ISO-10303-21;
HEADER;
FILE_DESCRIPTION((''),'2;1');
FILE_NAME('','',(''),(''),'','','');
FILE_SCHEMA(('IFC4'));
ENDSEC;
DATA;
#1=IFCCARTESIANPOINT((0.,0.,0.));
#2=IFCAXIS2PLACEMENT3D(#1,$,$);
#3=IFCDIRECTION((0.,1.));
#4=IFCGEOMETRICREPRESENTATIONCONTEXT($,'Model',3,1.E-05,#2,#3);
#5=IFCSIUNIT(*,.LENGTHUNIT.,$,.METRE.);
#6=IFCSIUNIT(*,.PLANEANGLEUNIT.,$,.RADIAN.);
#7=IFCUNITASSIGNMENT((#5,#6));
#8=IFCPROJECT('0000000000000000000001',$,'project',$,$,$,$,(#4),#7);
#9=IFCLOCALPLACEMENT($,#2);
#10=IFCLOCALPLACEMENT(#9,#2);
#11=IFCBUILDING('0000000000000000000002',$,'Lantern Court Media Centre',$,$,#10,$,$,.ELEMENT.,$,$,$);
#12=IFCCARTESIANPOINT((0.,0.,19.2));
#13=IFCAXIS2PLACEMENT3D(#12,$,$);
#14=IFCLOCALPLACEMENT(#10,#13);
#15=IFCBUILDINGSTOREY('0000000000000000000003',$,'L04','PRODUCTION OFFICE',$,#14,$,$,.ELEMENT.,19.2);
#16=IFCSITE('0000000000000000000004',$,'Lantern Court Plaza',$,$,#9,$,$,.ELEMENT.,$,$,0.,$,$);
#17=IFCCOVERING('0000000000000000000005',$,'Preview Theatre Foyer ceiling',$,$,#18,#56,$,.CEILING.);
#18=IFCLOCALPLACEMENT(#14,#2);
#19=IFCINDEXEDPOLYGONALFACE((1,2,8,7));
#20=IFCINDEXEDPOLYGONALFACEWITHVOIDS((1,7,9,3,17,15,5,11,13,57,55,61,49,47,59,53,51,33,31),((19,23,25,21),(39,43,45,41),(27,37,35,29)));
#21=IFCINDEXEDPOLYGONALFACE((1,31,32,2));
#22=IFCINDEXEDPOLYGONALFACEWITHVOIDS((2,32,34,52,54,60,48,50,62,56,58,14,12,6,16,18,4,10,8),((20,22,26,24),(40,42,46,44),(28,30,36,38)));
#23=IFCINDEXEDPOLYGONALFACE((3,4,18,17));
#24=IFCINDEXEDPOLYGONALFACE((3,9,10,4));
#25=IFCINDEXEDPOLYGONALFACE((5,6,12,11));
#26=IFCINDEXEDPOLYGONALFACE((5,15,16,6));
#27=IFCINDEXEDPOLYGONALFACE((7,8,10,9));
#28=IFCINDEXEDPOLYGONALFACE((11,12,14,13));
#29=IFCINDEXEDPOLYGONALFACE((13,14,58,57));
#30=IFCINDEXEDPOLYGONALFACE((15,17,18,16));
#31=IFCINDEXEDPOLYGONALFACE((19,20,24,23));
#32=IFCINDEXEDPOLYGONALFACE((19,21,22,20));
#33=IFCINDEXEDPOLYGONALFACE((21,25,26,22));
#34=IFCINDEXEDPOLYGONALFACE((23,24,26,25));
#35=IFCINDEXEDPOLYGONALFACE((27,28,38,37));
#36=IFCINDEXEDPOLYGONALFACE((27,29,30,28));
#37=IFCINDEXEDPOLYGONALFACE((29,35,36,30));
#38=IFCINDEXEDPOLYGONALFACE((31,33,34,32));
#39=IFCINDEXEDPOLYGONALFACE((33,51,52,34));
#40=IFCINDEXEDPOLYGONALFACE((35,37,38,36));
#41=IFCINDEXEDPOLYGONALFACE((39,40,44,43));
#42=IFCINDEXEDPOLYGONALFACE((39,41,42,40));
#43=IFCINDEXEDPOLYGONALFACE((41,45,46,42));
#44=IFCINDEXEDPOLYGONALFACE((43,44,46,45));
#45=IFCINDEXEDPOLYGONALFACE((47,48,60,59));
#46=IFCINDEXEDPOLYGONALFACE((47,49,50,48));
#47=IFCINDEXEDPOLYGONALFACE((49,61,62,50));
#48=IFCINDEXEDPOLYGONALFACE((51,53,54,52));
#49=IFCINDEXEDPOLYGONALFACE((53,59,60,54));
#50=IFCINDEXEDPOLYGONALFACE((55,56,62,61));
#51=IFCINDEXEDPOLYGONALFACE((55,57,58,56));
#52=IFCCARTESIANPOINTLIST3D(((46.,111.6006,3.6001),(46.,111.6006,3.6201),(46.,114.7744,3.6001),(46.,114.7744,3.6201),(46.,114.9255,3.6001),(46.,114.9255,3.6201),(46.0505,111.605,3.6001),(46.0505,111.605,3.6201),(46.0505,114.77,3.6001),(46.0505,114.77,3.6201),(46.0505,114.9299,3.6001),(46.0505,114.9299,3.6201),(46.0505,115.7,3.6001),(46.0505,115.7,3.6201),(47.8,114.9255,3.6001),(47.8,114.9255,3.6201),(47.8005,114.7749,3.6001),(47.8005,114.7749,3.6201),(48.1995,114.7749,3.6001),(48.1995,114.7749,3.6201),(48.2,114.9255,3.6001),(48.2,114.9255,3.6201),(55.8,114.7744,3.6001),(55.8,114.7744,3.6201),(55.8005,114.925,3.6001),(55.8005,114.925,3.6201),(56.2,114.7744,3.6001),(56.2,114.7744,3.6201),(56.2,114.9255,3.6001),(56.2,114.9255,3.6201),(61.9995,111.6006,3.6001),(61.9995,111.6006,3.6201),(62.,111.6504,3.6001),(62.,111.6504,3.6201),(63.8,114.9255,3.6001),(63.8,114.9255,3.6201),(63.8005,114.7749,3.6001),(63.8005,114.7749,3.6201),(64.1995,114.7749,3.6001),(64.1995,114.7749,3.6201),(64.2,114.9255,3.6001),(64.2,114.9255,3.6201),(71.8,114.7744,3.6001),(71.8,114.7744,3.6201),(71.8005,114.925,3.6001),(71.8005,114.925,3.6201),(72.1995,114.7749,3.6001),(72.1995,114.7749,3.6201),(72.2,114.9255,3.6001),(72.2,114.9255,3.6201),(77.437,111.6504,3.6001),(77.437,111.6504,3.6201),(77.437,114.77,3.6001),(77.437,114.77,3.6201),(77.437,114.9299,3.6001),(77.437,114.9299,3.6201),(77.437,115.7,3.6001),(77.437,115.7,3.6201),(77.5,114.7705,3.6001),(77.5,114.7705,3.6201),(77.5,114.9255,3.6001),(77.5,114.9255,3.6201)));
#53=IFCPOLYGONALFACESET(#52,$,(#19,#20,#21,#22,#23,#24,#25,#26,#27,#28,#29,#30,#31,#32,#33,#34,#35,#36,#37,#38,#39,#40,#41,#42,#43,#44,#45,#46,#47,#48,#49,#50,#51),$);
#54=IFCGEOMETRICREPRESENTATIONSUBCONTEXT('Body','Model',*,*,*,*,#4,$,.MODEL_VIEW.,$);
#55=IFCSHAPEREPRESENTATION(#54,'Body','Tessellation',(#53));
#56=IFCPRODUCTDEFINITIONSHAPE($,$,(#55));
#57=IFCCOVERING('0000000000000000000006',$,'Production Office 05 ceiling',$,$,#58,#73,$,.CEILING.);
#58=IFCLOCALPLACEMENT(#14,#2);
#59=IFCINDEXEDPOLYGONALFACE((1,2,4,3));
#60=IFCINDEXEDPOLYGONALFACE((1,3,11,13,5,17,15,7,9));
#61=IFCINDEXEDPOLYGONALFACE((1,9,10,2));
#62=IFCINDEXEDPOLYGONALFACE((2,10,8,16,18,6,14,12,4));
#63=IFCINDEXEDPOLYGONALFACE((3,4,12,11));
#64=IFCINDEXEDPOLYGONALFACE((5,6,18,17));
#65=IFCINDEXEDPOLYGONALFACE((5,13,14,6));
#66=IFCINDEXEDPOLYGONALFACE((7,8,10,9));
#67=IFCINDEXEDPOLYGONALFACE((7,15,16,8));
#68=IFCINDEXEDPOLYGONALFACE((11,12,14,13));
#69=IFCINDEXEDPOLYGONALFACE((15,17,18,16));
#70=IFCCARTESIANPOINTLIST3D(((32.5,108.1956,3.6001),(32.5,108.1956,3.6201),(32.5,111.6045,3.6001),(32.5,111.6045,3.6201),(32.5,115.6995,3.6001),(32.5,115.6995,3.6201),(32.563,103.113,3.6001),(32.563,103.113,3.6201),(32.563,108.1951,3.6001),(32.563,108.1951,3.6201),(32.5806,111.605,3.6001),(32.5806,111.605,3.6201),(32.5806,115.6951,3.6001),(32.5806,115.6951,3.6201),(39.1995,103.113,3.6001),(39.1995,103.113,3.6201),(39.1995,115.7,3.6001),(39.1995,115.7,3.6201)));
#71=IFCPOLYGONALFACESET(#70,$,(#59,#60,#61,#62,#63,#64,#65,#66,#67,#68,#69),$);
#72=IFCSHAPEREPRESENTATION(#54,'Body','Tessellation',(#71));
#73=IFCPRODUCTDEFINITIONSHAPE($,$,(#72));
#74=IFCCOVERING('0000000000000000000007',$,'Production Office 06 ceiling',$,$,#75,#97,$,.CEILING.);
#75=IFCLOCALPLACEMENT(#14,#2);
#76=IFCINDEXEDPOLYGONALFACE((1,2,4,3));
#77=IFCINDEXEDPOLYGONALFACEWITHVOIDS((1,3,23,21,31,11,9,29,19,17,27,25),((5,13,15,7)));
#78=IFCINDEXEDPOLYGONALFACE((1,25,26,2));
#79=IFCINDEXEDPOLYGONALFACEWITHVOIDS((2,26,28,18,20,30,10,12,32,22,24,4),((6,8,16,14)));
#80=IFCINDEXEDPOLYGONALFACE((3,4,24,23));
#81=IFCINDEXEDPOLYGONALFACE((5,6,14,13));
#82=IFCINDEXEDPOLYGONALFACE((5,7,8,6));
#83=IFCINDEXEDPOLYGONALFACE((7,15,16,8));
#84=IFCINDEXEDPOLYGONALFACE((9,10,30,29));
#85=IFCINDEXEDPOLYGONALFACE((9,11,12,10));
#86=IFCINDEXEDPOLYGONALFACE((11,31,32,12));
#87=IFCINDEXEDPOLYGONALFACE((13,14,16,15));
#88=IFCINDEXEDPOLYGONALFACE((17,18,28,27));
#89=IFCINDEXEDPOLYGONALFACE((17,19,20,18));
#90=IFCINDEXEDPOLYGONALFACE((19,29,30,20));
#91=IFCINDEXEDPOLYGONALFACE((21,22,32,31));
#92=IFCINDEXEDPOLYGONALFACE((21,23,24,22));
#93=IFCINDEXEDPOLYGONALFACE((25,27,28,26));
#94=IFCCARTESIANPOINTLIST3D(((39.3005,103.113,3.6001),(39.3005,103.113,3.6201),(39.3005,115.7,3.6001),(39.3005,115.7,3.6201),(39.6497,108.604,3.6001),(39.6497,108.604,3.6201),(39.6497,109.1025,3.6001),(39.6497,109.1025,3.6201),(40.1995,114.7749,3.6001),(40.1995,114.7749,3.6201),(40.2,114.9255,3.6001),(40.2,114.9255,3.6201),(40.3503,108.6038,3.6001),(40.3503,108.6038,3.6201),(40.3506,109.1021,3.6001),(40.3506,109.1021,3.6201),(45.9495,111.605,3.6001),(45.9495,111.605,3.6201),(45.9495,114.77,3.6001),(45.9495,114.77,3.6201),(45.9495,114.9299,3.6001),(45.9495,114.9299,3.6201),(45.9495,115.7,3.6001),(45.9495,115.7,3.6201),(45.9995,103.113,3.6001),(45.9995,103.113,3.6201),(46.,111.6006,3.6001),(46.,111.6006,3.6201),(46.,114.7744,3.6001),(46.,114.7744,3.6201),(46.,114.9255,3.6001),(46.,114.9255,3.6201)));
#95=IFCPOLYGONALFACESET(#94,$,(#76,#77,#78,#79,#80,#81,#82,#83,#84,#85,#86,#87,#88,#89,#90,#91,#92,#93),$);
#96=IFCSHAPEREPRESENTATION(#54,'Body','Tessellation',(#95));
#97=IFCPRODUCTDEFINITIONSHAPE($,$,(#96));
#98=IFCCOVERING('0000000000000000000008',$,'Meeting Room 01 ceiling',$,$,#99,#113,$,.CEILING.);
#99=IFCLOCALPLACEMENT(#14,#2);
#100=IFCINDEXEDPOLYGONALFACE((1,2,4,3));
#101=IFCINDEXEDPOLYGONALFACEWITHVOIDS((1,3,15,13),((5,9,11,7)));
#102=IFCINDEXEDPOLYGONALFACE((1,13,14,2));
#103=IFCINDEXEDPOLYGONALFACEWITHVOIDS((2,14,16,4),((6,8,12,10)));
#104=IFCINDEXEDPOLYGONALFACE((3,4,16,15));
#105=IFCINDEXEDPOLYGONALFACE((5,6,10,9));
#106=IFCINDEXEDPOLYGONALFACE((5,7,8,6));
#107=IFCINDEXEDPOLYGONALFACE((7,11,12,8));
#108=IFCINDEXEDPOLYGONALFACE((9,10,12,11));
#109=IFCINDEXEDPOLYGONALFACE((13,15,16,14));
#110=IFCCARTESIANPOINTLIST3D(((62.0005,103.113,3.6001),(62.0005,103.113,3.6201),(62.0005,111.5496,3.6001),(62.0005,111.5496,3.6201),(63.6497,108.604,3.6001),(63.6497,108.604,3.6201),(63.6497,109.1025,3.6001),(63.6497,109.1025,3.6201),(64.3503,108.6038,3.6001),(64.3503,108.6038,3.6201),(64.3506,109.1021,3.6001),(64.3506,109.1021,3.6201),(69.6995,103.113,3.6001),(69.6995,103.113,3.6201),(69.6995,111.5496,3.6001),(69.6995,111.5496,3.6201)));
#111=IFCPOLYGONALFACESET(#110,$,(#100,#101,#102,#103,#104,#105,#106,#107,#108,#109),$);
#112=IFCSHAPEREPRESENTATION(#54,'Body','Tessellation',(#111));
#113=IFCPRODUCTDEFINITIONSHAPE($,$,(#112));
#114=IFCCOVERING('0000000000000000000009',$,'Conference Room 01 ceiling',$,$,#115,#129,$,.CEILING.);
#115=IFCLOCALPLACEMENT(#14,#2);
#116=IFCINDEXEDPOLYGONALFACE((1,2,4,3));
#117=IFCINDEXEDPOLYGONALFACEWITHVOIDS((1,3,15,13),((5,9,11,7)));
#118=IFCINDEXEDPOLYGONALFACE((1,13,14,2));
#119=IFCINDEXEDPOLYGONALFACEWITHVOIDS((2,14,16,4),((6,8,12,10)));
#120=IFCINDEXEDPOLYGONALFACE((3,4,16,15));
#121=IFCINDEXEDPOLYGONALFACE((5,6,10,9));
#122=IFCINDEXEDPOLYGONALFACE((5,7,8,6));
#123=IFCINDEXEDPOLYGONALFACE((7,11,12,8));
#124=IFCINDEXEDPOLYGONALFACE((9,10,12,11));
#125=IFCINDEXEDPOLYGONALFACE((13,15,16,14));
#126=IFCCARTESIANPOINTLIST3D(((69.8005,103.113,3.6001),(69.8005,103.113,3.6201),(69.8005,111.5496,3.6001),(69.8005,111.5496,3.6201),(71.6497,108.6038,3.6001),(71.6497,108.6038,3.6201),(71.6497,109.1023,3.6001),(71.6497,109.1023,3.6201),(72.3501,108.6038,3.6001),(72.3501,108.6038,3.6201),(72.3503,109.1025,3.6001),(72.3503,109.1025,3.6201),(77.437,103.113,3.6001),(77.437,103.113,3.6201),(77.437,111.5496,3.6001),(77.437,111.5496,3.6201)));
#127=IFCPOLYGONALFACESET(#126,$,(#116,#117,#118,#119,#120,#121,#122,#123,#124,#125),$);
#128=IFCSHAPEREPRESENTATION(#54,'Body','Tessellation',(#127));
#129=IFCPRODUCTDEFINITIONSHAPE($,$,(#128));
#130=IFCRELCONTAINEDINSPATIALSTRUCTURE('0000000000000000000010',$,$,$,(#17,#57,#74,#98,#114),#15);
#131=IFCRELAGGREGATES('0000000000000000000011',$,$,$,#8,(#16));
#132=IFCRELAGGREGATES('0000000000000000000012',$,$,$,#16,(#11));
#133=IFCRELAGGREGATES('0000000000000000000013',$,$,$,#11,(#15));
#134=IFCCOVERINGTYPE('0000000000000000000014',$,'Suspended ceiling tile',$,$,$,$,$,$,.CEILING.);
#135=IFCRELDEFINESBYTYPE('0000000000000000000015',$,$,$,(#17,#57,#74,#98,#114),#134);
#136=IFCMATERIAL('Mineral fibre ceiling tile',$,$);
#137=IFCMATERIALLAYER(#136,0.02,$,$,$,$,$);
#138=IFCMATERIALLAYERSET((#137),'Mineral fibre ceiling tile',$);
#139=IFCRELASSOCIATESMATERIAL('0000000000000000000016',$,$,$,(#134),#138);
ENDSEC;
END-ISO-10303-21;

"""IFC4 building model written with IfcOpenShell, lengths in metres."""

from ifc_helpers import new_model, si_unit, direction, frame, origin, place, context, subcontext, project, spatial, polyline, outline, extrude, material, layer, layer_set, type_object, element, save


model = new_model("IFC4")

# Units and contexts
model_context = context("Model", 3, precision=1e-05, world=origin(), true_north=direction((0.0, 1.0)))
body_context = subcontext(model_context, "Body", "Model", "MODEL_VIEW")
ifc_project = project(units=[si_unit("LENGTHUNIT", "METRE"), si_unit("PLANEANGLEUNIT", "RADIAN")], contexts=[model_context])

# Site, building, storey
site_placement = place(None, origin())
site = spatial("IfcSite", under=ifc_project, at=site_placement, Name="Lantern Court Plaza", CompositionType="ELEMENT", RefElevation=0.0)
building_placement = place(site_placement, origin())
building = spatial("IfcBuilding", under=site, at=building_placement, Name="Lantern Court Media Centre", CompositionType="ELEMENT")
storey_placement = place(building_placement, frame((0.0, 0.0, 19.2)))
storey = spatial("IfcBuildingStorey", under=building, at=storey_placement, Name="L04", Description="PRODUCTION OFFICE", CompositionType="ELEMENT", Elevation=19.2)

# Coverings
ifc_material_1 = material(Name="Mineral fibre ceiling tile")
ifc_layer_1 = layer(ifc_material_1, 0.02)
ifc_layer_set_1 = layer_set([ifc_layer_1], Name="Mineral fibre ceiling tile")
covering_type_1 = type_object("IfcCoveringType", Name="Suspended ceiling tile", PredefinedType="CEILING", material=ifc_layer_set_1)
covering_1_placement = place(storey_placement, frame((0.0, 0.0, 3.6001)))
element("IfcCovering", 1, at=covering_1_placement, inside=storey, type_object=covering_type_1, Name="Preview Theatre Foyer ceiling", PredefinedType="CEILING", context=body_context, shape_type="SweptSolid", body=[
    extrude(outline(polyline([(77.5, 114.7705), (77.437, 114.77), (77.437, 111.6504), (62.0, 111.6504), (61.9995, 111.6006), (46.0, 111.6006), (46.0505, 111.605), (46.0505, 114.77), (46.0, 114.7744), (47.8005, 114.7749), (47.8, 114.9255), (46.0, 114.9255), (46.0505, 114.9299), (46.0505, 115.7), (77.437, 115.7), (77.437, 114.9299), (77.5, 114.9255), (72.2, 114.9255), (72.1995, 114.7749), (77.5, 114.7705)]), holes=[polyline([(64.1995, 114.7749), (71.8, 114.7744), (71.8005, 114.925), (64.2, 114.9255), (64.1995, 114.7749)]), polyline([(56.2, 114.9255), (56.2, 114.7744), (63.8005, 114.7749), (63.8, 114.9255), (56.2, 114.9255)]), polyline([(48.1995, 114.7749), (55.8, 114.7744), (55.8005, 114.925), (48.2, 114.9255), (48.1995, 114.7749)])]), origin(), (0.0, 0.0, 1.0), 0.02),
])
covering_2_placement = place(storey_placement, frame((0.0, 0.0, 3.6001)))
element("IfcCovering", 2, at=covering_2_placement, inside=storey, type_object=covering_type_1, Name="Production Office 05 ceiling", PredefinedType="CEILING", context=body_context, shape_type="SweptSolid", body=[
    extrude(outline(polyline([(39.1995, 115.7), (39.1995, 103.113), (32.563, 103.113), (32.563, 108.1951), (32.5, 108.1956), (32.5, 111.6045), (32.5806, 111.605), (32.5806, 115.6951), (32.5, 115.6995), (39.1995, 115.7)])), origin(), (0.0, 0.0, 1.0), 0.02),
])
covering_3_placement = place(storey_placement, frame((0.0, 0.0, 3.6001)))
element("IfcCovering", 3, at=covering_3_placement, inside=storey, type_object=covering_type_1, Name="Production Office 06 ceiling", PredefinedType="CEILING", context=body_context, shape_type="SweptSolid", body=[
    extrude(outline(polyline([(46.0, 111.6006), (45.9995, 103.113), (39.3005, 103.113), (39.3005, 115.7), (45.9495, 115.7), (45.9495, 114.9299), (46.0, 114.9255), (40.2, 114.9255), (40.1995, 114.7749), (46.0, 114.7744), (45.9495, 114.77), (45.9495, 111.605), (46.0, 111.6006)]), holes=[polyline([(40.3506, 109.1021), (39.6497, 109.1025), (39.6497, 108.604), (40.3503, 108.6038), (40.3506, 109.1021)])]), origin(), (0.0, 0.0, 1.0), 0.02),
])
covering_4_placement = place(storey_placement, frame((0.0, 0.0, 3.6001)))
element("IfcCovering", 4, at=covering_4_placement, inside=storey, type_object=covering_type_1, Name="Meeting Room 01 ceiling", PredefinedType="CEILING", context=body_context, shape_type="SweptSolid", body=[
    extrude(outline(polyline([(69.6995, 103.113), (62.0005, 103.113), (62.0005, 111.5496), (69.6995, 111.5496), (69.6995, 103.113)]), holes=[polyline([(64.3506, 109.1021), (63.6497, 109.1025), (63.6497, 108.604), (64.3503, 108.6038), (64.3506, 109.1021)])]), origin(), (0.0, 0.0, 1.0), 0.02),
])
covering_5_placement = place(storey_placement, frame((0.0, 0.0, 3.6001)))
element("IfcCovering", 5, at=covering_5_placement, inside=storey, type_object=covering_type_1, Name="Conference Room 01 ceiling", PredefinedType="CEILING", context=body_context, shape_type="SweptSolid", body=[
    extrude(outline(polyline([(77.437, 111.5496), (77.437, 103.113), (69.8005, 103.113), (69.8005, 111.5496), (77.437, 111.5496)]), holes=[polyline([(72.3501, 108.6038), (72.3503, 109.1025), (71.6497, 109.1023), (71.6497, 108.6038), (72.3501, 108.6038)])]), origin(), (0.0, 0.0, 1.0), 0.02),
])

save(model, "model.ifc")
